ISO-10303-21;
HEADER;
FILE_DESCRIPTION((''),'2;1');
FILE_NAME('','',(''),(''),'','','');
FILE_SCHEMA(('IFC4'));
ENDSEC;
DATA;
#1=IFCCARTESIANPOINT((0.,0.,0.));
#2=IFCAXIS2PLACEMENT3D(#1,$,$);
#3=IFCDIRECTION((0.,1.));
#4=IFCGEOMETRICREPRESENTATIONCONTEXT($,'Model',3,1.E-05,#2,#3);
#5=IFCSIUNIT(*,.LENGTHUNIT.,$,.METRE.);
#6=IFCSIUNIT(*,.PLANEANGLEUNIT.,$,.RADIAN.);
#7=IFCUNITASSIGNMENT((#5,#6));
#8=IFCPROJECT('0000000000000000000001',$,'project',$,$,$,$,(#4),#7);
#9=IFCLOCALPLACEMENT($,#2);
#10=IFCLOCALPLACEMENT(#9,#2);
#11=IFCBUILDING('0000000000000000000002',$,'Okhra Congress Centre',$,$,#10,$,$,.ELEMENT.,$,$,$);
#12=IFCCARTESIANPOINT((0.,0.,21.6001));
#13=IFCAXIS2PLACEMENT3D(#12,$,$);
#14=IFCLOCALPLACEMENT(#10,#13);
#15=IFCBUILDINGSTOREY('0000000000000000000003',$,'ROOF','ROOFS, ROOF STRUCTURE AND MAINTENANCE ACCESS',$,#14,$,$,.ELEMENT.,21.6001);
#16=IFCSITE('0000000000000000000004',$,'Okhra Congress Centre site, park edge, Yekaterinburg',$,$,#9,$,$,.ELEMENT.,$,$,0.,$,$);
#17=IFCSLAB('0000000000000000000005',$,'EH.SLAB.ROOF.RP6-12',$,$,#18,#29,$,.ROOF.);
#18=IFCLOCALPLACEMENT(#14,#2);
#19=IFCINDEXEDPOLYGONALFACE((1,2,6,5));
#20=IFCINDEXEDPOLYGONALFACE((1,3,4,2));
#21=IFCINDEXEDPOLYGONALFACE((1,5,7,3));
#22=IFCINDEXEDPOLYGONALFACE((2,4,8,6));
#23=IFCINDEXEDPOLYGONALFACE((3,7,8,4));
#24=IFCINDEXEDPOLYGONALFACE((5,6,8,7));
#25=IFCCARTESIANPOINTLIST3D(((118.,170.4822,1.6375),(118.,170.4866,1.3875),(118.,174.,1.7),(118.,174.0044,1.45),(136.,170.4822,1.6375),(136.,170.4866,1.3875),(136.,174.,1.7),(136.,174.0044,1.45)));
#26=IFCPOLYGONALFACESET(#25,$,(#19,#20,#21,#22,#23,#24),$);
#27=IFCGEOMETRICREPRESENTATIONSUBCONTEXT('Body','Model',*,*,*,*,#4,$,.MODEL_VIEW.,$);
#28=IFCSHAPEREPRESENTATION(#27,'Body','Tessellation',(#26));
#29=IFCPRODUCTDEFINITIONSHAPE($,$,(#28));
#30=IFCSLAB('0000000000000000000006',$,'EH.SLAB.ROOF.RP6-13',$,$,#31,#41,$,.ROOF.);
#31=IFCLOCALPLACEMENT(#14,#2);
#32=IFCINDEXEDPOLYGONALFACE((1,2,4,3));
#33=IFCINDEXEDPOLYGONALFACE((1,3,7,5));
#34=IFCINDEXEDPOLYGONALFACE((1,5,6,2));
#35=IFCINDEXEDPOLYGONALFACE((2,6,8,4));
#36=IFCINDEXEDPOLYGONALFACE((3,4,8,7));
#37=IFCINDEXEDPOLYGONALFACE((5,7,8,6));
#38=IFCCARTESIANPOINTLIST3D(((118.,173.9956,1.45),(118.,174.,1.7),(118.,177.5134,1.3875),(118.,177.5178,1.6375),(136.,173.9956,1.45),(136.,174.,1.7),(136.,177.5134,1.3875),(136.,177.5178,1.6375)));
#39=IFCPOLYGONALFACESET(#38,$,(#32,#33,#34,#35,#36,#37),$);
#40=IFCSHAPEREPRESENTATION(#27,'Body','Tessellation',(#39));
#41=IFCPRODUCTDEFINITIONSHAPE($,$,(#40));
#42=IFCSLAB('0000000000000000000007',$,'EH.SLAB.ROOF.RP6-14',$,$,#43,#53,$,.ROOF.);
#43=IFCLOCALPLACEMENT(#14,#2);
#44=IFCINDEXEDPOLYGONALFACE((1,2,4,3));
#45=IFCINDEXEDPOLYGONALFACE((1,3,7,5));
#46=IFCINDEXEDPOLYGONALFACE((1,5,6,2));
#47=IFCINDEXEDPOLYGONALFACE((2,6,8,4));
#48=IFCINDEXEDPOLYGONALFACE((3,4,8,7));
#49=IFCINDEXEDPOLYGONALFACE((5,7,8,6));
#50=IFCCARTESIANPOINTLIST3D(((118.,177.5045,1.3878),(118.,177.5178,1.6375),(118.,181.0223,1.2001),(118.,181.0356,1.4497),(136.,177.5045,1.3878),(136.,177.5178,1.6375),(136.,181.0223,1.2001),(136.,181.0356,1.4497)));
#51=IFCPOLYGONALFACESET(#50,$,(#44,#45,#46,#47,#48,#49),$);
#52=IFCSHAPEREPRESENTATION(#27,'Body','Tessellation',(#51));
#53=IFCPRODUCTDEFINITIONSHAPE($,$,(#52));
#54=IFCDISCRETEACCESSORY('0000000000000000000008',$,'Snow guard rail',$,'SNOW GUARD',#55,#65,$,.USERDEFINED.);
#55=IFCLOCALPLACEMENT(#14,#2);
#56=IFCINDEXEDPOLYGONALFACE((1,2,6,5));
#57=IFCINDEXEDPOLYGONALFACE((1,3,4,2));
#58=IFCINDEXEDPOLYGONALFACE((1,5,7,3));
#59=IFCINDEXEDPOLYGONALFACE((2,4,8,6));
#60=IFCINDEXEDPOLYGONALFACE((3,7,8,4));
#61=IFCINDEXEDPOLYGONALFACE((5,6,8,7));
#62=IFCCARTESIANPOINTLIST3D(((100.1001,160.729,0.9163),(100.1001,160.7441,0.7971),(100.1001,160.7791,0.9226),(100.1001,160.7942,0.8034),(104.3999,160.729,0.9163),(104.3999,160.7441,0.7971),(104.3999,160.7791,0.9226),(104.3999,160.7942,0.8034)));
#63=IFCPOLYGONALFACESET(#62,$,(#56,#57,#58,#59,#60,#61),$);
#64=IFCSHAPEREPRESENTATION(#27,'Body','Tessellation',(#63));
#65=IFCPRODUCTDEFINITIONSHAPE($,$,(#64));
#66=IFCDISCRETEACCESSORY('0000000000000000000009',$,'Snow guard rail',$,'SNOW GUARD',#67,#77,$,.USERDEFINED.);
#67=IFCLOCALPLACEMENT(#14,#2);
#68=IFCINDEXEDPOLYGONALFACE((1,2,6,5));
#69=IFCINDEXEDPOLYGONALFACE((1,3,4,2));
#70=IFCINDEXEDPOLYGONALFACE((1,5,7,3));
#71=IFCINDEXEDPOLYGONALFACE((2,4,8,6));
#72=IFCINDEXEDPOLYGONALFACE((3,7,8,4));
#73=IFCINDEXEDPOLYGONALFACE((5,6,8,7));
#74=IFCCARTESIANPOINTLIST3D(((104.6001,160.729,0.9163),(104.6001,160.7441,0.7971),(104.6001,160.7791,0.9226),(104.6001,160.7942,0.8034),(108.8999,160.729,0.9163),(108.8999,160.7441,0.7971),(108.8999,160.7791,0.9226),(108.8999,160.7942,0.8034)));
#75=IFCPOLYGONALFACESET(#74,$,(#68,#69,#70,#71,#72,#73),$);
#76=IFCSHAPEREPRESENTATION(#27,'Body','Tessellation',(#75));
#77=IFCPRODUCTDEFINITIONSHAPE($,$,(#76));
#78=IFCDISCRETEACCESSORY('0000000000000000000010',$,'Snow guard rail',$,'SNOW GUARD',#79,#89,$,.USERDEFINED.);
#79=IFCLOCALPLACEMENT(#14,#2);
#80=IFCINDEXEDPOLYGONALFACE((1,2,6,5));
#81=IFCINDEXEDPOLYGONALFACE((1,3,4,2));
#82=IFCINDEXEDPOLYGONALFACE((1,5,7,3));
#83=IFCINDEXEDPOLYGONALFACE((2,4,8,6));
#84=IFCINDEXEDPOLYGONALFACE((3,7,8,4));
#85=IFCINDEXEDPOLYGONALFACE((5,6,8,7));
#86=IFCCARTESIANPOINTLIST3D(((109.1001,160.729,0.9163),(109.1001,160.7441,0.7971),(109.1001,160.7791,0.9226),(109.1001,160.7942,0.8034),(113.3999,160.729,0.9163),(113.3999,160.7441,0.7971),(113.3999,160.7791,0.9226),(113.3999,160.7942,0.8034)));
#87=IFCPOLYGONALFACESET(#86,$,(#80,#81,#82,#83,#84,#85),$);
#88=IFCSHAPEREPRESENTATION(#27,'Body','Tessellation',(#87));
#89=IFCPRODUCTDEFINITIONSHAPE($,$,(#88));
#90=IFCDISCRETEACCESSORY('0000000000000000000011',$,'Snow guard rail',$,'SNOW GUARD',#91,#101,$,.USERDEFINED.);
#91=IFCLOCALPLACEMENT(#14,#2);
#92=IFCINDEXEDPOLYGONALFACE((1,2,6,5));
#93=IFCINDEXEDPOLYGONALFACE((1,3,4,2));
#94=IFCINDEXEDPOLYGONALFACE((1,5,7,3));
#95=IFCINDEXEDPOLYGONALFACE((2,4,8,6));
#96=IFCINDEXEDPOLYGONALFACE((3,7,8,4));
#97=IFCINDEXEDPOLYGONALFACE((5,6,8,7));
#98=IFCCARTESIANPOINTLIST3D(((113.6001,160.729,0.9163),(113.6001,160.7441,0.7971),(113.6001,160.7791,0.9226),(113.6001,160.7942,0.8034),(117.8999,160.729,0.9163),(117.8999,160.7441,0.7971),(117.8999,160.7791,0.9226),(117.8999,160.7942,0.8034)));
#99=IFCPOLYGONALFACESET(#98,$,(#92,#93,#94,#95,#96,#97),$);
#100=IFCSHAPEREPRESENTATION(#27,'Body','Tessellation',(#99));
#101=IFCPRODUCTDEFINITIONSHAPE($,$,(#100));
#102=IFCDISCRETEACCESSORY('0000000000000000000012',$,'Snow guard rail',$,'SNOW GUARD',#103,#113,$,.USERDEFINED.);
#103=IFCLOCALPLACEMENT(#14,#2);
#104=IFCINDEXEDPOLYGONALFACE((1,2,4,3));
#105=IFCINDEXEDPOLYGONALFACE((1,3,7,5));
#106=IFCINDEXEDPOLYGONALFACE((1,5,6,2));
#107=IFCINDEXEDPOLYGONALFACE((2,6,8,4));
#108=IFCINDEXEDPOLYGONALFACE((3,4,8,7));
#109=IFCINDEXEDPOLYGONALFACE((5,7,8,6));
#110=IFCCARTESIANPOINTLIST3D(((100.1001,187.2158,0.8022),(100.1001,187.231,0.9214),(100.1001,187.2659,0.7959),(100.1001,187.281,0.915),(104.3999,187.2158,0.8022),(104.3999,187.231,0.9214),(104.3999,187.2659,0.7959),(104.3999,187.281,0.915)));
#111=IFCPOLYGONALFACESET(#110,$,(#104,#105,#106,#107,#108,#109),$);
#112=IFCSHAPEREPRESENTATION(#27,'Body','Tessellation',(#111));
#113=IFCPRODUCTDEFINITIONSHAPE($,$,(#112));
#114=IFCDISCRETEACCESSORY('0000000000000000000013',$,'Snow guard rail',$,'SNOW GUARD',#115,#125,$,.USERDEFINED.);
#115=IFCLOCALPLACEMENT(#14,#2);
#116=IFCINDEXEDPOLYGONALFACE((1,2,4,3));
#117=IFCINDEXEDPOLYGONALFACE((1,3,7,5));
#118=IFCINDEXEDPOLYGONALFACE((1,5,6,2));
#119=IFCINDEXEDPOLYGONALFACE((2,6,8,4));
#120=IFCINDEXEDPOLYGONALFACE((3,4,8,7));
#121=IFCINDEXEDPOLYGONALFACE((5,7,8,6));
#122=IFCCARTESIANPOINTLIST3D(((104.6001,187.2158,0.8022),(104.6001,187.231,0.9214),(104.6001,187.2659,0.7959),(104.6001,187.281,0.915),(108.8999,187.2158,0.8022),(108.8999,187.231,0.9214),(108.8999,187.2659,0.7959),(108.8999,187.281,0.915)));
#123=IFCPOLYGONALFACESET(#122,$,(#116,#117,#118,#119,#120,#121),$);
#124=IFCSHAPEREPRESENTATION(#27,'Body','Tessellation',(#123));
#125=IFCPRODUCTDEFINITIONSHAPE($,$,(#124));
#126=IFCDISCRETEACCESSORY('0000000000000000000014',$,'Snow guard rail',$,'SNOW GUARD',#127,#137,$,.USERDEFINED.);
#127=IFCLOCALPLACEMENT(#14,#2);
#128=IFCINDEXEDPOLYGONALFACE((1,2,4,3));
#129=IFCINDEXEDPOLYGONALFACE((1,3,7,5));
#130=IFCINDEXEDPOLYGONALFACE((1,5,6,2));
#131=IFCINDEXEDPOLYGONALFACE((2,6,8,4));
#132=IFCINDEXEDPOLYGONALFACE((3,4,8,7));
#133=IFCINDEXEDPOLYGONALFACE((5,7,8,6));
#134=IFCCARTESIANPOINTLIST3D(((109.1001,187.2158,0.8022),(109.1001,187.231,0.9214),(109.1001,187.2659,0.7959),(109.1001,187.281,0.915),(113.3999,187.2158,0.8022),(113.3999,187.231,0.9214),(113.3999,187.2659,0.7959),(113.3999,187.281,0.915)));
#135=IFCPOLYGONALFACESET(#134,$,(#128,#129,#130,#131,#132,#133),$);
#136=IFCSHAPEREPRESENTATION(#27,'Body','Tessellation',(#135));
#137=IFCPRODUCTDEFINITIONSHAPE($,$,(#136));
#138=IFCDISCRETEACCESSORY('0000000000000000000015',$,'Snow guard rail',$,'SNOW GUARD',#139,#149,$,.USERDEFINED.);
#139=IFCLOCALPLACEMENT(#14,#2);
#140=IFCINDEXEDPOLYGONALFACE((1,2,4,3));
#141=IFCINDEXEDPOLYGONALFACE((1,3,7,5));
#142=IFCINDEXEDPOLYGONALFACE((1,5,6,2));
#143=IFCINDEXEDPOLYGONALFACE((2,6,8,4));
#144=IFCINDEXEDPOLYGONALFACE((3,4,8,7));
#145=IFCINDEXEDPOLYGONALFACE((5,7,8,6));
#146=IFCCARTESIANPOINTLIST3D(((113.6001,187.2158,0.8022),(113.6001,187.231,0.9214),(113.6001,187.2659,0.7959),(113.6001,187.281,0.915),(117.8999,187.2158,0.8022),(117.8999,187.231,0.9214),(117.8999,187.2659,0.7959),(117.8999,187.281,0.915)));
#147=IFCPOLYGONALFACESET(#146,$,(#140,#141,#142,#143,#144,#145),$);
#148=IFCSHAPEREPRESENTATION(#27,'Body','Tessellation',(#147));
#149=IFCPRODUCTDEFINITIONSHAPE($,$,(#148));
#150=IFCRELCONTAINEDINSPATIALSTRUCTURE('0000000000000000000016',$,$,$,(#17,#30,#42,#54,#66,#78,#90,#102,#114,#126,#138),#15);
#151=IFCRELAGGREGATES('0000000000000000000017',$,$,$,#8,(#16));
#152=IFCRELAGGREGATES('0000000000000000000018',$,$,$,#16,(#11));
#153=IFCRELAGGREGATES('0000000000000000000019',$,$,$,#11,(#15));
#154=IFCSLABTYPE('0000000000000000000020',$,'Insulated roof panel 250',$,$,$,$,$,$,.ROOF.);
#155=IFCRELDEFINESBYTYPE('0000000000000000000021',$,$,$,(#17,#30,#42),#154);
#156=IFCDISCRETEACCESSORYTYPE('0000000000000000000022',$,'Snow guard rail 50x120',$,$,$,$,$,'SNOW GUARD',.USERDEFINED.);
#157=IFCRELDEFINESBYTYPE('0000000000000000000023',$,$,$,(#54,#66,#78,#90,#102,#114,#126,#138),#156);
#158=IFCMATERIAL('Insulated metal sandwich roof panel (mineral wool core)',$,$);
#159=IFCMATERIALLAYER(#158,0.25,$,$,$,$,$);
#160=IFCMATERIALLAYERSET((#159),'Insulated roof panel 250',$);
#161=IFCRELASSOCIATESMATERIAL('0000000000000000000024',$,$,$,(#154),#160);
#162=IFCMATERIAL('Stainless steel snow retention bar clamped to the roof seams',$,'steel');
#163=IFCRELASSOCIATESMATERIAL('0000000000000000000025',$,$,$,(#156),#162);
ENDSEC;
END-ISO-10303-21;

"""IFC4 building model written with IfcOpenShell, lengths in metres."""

from ifc_helpers import new_model, si_unit, direction, frame, origin, place, context, subcontext, project, spatial, polyline, outline, extrude, material, layer, layer_set, type_object, element, save


model = new_model("IFC4")

# Units and contexts
model_context = context("Model", 3, precision=1e-05, world=origin(), true_north=direction((0.0, 1.0)))
body_context = subcontext(model_context, "Body", "Model", "MODEL_VIEW")
ifc_project = project(units=[si_unit("LENGTHUNIT", "METRE"), si_unit("PLANEANGLEUNIT", "RADIAN")], contexts=[model_context])

# Site, building, storey
site_placement = place(None, origin())
site = spatial("IfcSite", under=ifc_project, at=site_placement, Name="Okhra Congress Centre site, park edge, Yekaterinburg", CompositionType="ELEMENT", RefElevation=0.0)
building_placement = place(site_placement, origin())
building = spatial("IfcBuilding", under=site, at=building_placement, Name="Okhra Congress Centre", CompositionType="ELEMENT")
storey_placement = place(building_placement, frame((0.0, 0.0, 21.6001)))
storey = spatial("IfcBuildingStorey", under=building, at=storey_placement, Name="ROOF", Description="ROOFS, ROOF STRUCTURE AND MAINTENANCE ACCESS", CompositionType="ELEMENT", Elevation=21.6001)

# Slabs
ifc_material_1 = material(Name="Insulated metal sandwich roof panel (mineral wool core)")
ifc_layer = layer(ifc_material_1, 0.25)
ifc_layer_set = layer_set([ifc_layer], Name="Insulated roof panel 250")
slab_type = type_object("IfcSlabType", Name="Insulated roof panel 250", PredefinedType="ROOF", material=ifc_layer_set)
for number, where, z_axis, x_axis, name in (
    (1, (118.0, 170.4822, 1.6375), (0.0, -0.017764, 0.999842), (1.0, 0.0, 0.0), "EH.SLAB.ROOF.RP6-12"),
    (2, (118.0, 174.0, 1.7), (0.0, 0.017764, 0.999842), (1.0, 0.0, 0.0), "EH.SLAB.ROOF.RP6-13"),
):
    element("IfcSlab", number, at=place(storey_placement, frame(where, z_axis=z_axis, x_axis=x_axis)), inside=storey, type_object=slab_type, Name=name, PredefinedType="ROOF", context=body_context, shape_type="SweptSolid", body=[
        extrude(outline(polyline([(0.0, 0.0), (18.0, 0.0), (18.0, 3.5184), (0.0, 3.5184), (0.0, 0.0)])), origin(), (0.0, 0.0, -1.0), 0.25),
    ])
slab_1_placement = place(storey_placement, frame((118.0, 177.5178, 1.6375), z_axis=(0.0, 0.053294, 0.998579), x_axis=(1.0, 0.0, 0.0)))
element("IfcSlab", 3, at=slab_1_placement, inside=storey, type_object=slab_type, Name="EH.SLAB.ROOF.RP6-14", PredefinedType="ROOF", context=body_context, shape_type="SweptSolid", body=[
    extrude(outline(polyline([(0.0, 0.0), (18.0, 0.0), (18.0, 3.5228), (0.0, 3.5228), (0.0, 0.0)])), origin(), (0.0, 0.0, -1.0), 0.25),
])

# Discrete accessories
ifc_material_2 = material(Name="Stainless steel snow retention bar clamped to the roof seams", Category="steel")
discrete_accessory_type = type_object("IfcDiscreteAccessoryType", Name="Snow guard rail 50x120", ElementType="SNOW GUARD", PredefinedType="USERDEFINED", material=ifc_material_2)
for number, where, z_axis, x_axis, name in (
    (4, (100.1001, 160.729, 0.9163), (0.0, -0.125821, 0.992053), (1.0, 0.0, 0.0), "Snow guard rail"),
    (5, (104.6001, 160.729, 0.9163), (0.0, -0.125821, 0.992053), (1.0, 0.0, 0.0), "Snow guard rail"),
    (6, (109.1001, 160.729, 0.9163), (0.0, -0.125821, 0.992053), (1.0, 0.0, 0.0), "Snow guard rail"),
    (7, (113.6001, 160.729, 0.9163), (0.0, -0.125821, 0.992053), (1.0, 0.0, 0.0), "Snow guard rail"),
    (8, (100.1001, 187.231, 0.9214), (0.0, 0.125821, 0.992053), (1.0, 0.0, 0.0), "Snow guard rail"),
    (9, (104.6001, 187.231, 0.9214), (0.0, 0.125821, 0.992053), (1.0, 0.0, 0.0), "Snow guard rail"),
    (10, (109.1001, 187.231, 0.9214), (0.0, 0.125821, 0.992053), (1.0, 0.0, 0.0), "Snow guard rail"),
    (11, (113.6001, 187.231, 0.9214), (0.0, 0.125821, 0.992053), (1.0, 0.0, 0.0), "Snow guard rail"),
):
    element("IfcDiscreteAccessory", number, at=place(storey_placement, frame(where, z_axis=z_axis, x_axis=x_axis)), inside=storey, type_object=discrete_accessory_type, Name=name, ObjectType="SNOW GUARD", PredefinedType="USERDEFINED", context=body_context, shape_type="SweptSolid", body=[
        extrude(outline(polyline([(0.0, 0.0), (4.2998, 0.0), (4.2998, 0.0504), (0.0, 0.0504), (0.0, 0.0)])), origin(), (0.0, 0.0, -1.0), 0.1201),
    ])

save(model, "model.ifc")
